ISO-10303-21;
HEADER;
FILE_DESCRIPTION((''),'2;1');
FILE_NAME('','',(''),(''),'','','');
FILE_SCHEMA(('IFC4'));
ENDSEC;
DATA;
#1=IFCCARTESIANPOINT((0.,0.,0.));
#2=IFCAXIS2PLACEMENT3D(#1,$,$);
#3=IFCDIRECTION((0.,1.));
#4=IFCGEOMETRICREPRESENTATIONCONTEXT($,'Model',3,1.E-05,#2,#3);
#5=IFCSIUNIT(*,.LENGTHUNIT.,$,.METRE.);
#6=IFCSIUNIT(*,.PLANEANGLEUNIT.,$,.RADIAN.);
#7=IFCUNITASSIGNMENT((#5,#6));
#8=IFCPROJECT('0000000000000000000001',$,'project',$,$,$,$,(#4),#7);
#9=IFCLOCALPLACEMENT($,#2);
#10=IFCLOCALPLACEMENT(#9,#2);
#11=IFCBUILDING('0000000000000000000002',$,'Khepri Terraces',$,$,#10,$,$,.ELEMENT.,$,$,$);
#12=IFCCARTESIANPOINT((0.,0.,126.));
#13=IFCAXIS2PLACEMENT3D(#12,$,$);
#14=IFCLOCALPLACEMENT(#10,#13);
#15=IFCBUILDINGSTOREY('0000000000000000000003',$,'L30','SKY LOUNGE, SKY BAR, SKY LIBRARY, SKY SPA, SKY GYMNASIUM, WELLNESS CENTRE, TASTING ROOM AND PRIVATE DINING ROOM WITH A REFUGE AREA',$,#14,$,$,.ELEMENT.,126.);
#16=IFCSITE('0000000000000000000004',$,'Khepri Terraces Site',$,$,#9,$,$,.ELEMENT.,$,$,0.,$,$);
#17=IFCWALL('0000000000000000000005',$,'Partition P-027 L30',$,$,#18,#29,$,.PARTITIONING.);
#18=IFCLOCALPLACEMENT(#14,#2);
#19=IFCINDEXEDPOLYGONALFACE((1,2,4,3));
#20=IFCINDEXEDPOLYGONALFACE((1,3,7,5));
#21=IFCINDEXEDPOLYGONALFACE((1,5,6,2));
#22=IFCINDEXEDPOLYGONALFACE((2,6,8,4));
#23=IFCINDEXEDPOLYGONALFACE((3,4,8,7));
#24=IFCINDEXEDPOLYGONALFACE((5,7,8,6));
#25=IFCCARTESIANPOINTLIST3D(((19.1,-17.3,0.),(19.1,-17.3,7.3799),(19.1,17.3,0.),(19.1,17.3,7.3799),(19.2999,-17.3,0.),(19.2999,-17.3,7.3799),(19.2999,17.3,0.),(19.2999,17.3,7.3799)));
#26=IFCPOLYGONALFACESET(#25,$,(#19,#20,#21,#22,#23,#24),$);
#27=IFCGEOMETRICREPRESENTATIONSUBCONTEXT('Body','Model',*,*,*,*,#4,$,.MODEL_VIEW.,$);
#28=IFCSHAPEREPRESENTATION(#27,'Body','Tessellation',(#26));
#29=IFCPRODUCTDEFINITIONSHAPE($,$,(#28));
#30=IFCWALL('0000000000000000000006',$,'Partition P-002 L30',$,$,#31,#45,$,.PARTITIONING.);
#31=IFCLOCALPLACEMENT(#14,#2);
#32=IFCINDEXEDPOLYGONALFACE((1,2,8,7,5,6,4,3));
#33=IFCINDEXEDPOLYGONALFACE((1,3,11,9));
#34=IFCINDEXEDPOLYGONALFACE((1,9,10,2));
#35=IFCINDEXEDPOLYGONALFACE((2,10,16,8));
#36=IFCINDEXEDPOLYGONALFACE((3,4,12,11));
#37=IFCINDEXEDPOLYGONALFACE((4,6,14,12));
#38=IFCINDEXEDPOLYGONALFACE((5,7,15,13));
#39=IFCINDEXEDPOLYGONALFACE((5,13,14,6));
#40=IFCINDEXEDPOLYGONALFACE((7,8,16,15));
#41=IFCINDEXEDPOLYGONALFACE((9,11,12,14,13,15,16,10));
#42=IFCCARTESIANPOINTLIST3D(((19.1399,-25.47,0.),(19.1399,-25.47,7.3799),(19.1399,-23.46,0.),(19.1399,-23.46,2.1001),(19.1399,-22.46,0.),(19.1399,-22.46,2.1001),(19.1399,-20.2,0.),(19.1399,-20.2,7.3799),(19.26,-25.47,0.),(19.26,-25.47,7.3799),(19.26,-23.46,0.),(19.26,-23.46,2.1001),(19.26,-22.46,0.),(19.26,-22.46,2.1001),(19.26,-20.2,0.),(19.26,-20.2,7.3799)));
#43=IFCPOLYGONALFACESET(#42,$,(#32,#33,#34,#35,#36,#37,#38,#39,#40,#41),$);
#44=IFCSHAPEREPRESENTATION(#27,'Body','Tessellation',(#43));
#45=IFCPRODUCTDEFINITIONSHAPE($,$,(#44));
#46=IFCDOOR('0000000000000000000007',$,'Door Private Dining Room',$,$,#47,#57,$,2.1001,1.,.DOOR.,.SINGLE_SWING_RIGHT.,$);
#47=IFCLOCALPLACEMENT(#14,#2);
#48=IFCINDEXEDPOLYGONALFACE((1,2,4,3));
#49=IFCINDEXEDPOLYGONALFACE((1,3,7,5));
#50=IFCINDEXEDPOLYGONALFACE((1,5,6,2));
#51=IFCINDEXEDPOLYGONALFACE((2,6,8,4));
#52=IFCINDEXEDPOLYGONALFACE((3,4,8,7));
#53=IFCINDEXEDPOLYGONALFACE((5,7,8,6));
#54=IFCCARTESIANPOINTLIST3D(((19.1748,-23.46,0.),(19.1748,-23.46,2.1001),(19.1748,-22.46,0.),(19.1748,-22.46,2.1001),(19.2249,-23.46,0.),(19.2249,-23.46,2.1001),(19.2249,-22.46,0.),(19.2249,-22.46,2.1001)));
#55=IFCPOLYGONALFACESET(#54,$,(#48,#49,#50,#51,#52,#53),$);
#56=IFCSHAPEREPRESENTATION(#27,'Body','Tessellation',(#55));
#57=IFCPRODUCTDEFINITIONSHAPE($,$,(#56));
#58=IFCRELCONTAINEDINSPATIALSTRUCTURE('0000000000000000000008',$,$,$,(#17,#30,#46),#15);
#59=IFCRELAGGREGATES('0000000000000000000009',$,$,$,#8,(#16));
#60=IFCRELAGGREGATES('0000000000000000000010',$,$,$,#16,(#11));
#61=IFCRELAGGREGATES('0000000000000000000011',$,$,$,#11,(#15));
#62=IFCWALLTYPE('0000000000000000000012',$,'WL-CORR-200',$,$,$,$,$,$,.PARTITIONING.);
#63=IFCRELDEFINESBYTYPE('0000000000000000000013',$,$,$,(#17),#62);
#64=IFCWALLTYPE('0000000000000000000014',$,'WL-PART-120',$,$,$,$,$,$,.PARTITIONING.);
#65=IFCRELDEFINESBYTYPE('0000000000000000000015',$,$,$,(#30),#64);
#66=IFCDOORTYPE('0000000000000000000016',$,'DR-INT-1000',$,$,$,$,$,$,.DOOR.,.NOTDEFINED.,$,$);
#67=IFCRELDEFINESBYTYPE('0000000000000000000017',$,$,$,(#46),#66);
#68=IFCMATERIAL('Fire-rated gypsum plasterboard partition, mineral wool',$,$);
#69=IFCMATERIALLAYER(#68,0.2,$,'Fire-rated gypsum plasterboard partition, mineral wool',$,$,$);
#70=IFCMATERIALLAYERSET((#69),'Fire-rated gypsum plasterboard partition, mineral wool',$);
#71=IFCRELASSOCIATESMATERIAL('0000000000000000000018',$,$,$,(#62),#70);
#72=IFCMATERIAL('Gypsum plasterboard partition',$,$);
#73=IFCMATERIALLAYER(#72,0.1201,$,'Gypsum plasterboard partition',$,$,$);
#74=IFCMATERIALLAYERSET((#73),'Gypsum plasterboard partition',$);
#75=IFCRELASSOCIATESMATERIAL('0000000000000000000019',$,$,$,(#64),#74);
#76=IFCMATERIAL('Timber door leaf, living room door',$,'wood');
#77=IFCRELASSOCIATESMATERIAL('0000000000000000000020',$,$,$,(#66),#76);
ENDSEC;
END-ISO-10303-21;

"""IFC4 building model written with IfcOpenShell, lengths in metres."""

from ifc_helpers import new_model, si_unit, direction, frame, frame_2d, origin, place, context, subcontext, project, spatial, rectangle, extrude, material, layer, layer_set, type_object, element, fill, save


model = new_model("IFC4")

# Units and contexts
model_context = context("Model", 3, precision=1e-05, world=origin(), true_north=direction((0.0, 1.0)))
body_context = subcontext(model_context, "Body", "Model", "MODEL_VIEW")
ifc_project = project(units=[si_unit("LENGTHUNIT", "METRE"), si_unit("PLANEANGLEUNIT", "RADIAN")], contexts=[model_context])

# Site, building, storey
site_placement = place(None, origin())
site = spatial("IfcSite", under=ifc_project, at=site_placement, Name="Khepri Terraces Site", CompositionType="ELEMENT", RefElevation=0.0)
building_placement = place(site_placement, origin())
building = spatial("IfcBuilding", under=site, at=building_placement, Name="Khepri Terraces", CompositionType="ELEMENT")
storey_placement = place(building_placement, frame((0.0, 0.0, 126.0)))
storey = spatial("IfcBuildingStorey", under=building, at=storey_placement, Name="L30", Description="SKY LOUNGE, SKY BAR, SKY LIBRARY, SKY SPA, SKY GYMNASIUM, WELLNESS CENTRE, TASTING ROOM AND PRIVATE DINING ROOM WITH A REFUGE AREA", CompositionType="ELEMENT", Elevation=126.0)

# Wall
ifc_material_1 = material(Name="Fire-rated gypsum plasterboard partition, mineral wool")
ifc_layer_1 = layer(ifc_material_1, 0.2, Name="Fire-rated gypsum plasterboard partition, mineral wool")
ifc_layer_set_1 = layer_set([ifc_layer_1], Name="Fire-rated gypsum plasterboard partition, mineral wool")
wall_type_1 = type_object("IfcWallType", Name="WL-CORR-200", PredefinedType="PARTITIONING", material=ifc_layer_set_1)
wall_1_placement = place(storey_placement, frame((19.2, -17.3, 0.0), z_axis=(0.0, 0.0, 1.0), x_axis=(0.0, 1.0, 0.0)))
element("IfcWall", 1, at=wall_1_placement, inside=storey, type_object=wall_type_1, Name="Partition P-027 L30", PredefinedType="PARTITIONING", context=body_context, shape_type="SweptSolid", body=[
    extrude(rectangle(XDim=34.6001, YDim=0.2, at=frame_2d((17.3, 0.0))), origin(), (0.0, 0.0, 1.0), 7.3799),
])

# Wall, opening, door
ifc_material_2 = material(Name="Gypsum plasterboard partition")
ifc_layer_2 = layer(ifc_material_2, 0.1201, Name="Gypsum plasterboard partition")
ifc_layer_set_2 = layer_set([ifc_layer_2], Name="Gypsum plasterboard partition")
wall_type_2 = type_object("IfcWallType", Name="WL-PART-120", PredefinedType="PARTITIONING", material=ifc_layer_set_2)
wall_2_placement = place(storey_placement, frame((19.2, -25.47, 0.0), z_axis=(0.0, 0.0, 1.0), x_axis=(0.0, 1.0, 0.0)))
wall_2 = element("IfcWall", 2, at=wall_2_placement, inside=storey, type_object=wall_type_2, Name="Partition P-002 L30", PredefinedType="PARTITIONING", context=body_context, shape_type="SweptSolid", body=[
    extrude(rectangle(XDim=5.27, YDim=0.1201, at=frame_2d((2.635, 0.0))), origin(), (0.0, 0.0, 1.0), 7.3799),
])
opening_placement = place(wall_2_placement, frame((2.01, 0.0, 0.0)))
opening = element("IfcOpeningElement", 3, at=opening_placement, cuts=wall_2, PredefinedType="OPENING", context=body_context, shape_type="SweptSolid", body=[
    extrude(rectangle(XDim=1.0, YDim=2.1001, at=frame_2d((0.5, 1.05))), frame((0.0, 0.0701, 0.0), z_axis=(0.0, -1.0, 0.0), x_axis=(1.0, 0.0, 0.0)), (0.0, 0.0, 1.0), 0.1401),
])
ifc_material_3 = material(Name="Timber door leaf, living room door", Category="wood")
door_type = type_object("IfcDoorType", Name="DR-INT-1000", OperationType="NOTDEFINED", PredefinedType="DOOR", material=ifc_material_3)
door_placement = place(opening_placement, frame((1.0, 0.0, 0.0), z_axis=(0.0, 0.0, 1.0), x_axis=(-1.0, 0.0, 0.0)))
door = element("IfcDoor", 4, at=door_placement, inside=storey, type_object=door_type, Name="Door Private Dining Room", OperationType="SINGLE_SWING_RIGHT", OverallHeight=2.1001, OverallWidth=1.0, PredefinedType="DOOR", context=body_context, shape_type="SweptSolid", body=[
    extrude(rectangle(XDim=1.0, YDim=2.1001, at=frame_2d((0.5, 1.05))), frame((0.0, 0.0249, 0.0), z_axis=(0.0, -1.0, 0.0), x_axis=(1.0, 0.0, 0.0)), (0.0, 0.0, 1.0), 0.05),
])
fill(opening, door)

save(model, "model.ifc")
